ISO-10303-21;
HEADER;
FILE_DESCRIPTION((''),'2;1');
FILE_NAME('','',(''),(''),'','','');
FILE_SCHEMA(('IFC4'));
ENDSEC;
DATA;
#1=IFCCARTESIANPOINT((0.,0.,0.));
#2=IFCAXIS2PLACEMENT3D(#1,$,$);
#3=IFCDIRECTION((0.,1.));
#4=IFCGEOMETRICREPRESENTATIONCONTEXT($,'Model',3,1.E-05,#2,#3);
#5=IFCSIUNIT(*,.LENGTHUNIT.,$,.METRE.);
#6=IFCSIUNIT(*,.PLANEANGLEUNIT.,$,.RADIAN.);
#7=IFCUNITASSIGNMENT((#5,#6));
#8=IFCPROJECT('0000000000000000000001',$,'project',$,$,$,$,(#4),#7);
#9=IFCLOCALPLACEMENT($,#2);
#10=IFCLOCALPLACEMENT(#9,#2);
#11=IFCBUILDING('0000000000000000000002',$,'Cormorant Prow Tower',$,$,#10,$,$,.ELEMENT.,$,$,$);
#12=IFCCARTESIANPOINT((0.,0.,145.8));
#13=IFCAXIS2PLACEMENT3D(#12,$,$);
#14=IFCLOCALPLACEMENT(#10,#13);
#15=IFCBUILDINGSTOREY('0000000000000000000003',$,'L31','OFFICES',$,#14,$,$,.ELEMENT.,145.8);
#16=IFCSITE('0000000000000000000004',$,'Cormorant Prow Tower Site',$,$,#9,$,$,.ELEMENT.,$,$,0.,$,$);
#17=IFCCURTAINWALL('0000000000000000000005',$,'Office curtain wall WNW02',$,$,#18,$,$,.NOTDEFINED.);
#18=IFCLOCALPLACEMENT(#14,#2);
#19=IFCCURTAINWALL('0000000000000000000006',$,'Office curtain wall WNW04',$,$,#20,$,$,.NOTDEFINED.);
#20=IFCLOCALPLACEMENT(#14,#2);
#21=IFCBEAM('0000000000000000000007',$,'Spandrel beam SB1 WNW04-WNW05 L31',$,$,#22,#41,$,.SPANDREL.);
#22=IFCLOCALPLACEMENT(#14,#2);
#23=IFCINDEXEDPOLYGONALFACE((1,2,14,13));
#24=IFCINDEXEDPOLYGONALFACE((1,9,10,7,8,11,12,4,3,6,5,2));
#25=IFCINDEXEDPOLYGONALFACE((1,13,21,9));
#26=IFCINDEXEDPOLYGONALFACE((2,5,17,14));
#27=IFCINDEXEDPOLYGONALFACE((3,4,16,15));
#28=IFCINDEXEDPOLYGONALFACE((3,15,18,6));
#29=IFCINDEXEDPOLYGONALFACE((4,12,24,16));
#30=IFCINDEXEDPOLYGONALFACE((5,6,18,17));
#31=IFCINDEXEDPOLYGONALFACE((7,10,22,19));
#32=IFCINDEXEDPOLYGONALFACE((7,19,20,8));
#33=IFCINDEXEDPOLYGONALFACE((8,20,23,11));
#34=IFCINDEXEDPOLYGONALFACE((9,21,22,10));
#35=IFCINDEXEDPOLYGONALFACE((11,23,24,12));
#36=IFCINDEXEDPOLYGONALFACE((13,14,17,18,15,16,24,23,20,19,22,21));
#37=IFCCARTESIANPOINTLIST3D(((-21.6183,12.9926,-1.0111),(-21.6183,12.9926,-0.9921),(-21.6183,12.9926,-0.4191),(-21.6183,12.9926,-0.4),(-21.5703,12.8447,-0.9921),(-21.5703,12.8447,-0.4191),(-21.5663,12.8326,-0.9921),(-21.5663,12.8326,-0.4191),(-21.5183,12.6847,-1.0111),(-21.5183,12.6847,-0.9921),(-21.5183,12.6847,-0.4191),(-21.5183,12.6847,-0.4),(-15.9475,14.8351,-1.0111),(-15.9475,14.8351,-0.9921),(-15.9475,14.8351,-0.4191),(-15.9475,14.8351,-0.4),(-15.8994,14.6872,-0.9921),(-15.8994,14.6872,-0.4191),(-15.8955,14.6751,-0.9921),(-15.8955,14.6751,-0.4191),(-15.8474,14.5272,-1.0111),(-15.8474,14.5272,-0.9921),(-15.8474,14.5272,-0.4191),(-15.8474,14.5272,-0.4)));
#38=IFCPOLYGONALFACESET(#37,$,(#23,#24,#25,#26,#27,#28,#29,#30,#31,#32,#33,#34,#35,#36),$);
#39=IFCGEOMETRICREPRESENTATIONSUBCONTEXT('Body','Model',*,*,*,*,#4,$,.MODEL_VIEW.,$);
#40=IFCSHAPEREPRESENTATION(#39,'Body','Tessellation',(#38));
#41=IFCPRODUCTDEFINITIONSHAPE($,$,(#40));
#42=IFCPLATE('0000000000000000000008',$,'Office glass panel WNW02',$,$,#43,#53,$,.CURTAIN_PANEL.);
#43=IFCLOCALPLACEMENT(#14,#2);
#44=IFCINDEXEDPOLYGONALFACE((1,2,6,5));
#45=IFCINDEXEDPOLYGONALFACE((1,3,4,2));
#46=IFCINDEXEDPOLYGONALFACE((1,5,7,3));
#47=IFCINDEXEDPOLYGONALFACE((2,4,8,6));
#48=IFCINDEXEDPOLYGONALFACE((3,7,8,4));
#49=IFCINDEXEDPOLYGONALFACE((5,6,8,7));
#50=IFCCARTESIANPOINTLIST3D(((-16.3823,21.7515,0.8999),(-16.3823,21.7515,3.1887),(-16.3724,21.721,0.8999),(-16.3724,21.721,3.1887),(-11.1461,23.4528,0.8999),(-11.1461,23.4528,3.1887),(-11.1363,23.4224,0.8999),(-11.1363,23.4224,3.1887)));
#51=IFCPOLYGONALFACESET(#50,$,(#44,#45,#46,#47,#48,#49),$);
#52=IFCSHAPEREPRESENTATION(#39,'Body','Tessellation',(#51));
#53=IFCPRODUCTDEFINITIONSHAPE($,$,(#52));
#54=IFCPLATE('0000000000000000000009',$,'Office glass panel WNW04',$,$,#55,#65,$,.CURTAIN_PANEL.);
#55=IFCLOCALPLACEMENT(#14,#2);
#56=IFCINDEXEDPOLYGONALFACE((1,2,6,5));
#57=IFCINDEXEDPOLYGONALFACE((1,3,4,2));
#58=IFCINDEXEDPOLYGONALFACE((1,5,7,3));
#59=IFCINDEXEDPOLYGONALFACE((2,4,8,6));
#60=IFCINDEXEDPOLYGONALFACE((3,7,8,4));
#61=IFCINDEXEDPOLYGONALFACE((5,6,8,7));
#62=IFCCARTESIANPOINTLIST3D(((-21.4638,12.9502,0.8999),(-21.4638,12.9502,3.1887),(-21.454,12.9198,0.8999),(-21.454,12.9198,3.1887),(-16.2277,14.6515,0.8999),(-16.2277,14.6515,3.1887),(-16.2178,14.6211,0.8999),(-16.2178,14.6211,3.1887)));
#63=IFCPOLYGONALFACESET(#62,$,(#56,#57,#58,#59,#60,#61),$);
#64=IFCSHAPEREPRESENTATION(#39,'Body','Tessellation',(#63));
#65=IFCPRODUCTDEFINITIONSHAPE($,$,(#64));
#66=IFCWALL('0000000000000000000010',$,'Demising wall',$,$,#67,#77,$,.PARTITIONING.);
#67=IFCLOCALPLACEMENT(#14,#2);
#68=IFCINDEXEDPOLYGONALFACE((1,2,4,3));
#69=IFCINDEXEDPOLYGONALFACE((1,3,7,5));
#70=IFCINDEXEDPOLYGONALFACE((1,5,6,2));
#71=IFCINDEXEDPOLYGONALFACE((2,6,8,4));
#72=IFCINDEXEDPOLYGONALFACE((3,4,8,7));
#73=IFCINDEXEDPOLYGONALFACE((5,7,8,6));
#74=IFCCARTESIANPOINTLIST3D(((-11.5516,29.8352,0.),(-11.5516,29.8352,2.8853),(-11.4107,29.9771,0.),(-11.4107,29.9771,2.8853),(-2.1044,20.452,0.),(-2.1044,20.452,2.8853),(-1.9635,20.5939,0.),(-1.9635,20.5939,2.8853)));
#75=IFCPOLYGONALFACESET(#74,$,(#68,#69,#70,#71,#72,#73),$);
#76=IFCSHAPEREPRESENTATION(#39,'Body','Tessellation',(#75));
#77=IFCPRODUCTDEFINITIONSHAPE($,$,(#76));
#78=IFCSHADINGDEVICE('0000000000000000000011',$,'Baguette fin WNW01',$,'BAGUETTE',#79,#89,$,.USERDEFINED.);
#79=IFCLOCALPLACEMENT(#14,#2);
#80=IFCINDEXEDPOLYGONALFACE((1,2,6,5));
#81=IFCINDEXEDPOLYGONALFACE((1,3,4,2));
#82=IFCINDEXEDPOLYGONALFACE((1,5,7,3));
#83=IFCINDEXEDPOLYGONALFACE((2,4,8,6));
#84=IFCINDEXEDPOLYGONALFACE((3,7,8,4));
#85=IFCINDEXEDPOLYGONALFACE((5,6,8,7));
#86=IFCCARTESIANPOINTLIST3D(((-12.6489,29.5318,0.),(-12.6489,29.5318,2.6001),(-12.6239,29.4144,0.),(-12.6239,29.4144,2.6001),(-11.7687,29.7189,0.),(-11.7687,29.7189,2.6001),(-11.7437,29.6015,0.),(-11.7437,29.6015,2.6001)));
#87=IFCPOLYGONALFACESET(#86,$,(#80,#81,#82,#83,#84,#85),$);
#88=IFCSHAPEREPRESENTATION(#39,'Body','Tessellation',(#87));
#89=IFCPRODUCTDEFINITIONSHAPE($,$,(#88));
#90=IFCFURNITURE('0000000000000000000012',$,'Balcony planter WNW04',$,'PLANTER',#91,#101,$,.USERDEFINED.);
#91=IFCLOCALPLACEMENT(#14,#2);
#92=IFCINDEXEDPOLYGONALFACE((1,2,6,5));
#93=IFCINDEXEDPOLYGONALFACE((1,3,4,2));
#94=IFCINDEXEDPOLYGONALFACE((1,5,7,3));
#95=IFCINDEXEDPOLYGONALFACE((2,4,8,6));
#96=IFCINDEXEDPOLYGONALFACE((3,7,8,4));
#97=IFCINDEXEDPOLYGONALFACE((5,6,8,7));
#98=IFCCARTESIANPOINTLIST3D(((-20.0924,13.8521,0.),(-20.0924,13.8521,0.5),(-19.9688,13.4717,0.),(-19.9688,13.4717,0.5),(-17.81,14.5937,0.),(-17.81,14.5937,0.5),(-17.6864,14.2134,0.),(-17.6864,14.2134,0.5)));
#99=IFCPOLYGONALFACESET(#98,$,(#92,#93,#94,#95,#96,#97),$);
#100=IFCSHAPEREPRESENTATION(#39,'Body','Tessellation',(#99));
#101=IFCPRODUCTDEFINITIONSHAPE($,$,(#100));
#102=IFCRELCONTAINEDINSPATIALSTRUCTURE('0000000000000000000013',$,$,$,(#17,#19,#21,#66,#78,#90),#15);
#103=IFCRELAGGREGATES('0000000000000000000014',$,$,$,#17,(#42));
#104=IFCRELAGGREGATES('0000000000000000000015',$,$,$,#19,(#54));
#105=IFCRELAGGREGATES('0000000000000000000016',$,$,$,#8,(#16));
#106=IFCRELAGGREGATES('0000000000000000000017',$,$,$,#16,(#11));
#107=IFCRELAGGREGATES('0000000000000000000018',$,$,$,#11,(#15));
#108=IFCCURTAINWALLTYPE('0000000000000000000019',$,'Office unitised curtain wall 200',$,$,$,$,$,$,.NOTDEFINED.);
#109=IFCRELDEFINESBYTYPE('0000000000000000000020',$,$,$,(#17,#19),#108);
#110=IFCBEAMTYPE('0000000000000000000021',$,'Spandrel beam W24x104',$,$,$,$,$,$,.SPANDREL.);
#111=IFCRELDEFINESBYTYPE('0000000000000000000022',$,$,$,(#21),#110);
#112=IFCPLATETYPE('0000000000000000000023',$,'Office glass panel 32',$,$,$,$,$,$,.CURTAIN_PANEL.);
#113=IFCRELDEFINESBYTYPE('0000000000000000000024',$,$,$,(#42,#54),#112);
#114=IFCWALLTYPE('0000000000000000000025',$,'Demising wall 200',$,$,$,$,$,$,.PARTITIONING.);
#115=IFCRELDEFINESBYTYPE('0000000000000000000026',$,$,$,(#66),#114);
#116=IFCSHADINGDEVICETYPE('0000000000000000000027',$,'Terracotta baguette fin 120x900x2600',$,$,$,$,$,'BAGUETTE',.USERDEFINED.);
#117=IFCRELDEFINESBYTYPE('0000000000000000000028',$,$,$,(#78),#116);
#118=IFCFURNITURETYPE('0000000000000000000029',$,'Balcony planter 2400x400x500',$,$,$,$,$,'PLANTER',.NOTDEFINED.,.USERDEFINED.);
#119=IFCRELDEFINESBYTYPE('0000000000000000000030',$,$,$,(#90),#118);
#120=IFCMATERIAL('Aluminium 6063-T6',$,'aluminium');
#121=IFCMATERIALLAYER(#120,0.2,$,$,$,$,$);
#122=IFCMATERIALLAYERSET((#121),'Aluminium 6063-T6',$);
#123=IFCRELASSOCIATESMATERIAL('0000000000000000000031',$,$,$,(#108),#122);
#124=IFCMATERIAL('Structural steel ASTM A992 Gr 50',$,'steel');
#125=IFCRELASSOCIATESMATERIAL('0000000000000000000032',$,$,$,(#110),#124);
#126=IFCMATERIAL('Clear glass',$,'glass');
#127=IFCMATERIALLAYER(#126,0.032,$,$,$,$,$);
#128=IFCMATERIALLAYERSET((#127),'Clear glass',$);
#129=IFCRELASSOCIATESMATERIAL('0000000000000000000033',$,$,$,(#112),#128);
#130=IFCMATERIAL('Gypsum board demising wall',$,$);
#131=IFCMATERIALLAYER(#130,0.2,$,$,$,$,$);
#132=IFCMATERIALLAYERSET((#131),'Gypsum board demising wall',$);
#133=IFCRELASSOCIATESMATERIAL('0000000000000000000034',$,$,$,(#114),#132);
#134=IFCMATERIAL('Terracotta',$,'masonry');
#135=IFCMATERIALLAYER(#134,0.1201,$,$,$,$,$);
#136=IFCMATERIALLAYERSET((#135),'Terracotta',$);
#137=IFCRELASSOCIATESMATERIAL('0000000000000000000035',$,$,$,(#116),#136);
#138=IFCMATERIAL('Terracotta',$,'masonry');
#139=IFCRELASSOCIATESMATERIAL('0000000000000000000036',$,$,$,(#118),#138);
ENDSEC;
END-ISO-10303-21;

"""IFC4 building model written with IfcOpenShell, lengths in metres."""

from ifc_helpers import new_model, si_unit, direction, frame, frame_2d, origin, origin_2d, place, context, subcontext, project, spatial, rectangle, i_section, extrude, material, layer, layer_set, material_profile, profile_set, type_object, element, aggregate, save


model = new_model("IFC4")

# Units and contexts
model_context = context("Model", 3, precision=1e-05, world=origin(), true_north=direction((0.0, 1.0)))
body_context = subcontext(model_context, "Body", "Model", "MODEL_VIEW")
ifc_project = project(units=[si_unit("LENGTHUNIT", "METRE"), si_unit("PLANEANGLEUNIT", "RADIAN")], contexts=[model_context])

# Site, building, storey
site_placement = place(None, origin())
site = spatial("IfcSite", under=ifc_project, at=site_placement, Name="Cormorant Prow Tower Site", CompositionType="ELEMENT", RefElevation=0.0)
building_placement = place(site_placement, origin())
building = spatial("IfcBuilding", under=site, at=building_placement, Name="Cormorant Prow Tower", CompositionType="ELEMENT")
storey_placement = place(building_placement, frame((0.0, 0.0, 145.8)))
storey = spatial("IfcBuildingStorey", under=building, at=storey_placement, Name="L31", Description="OFFICES", CompositionType="ELEMENT", Elevation=145.8)

# Curtain walls
ifc_material_1 = material(Name="Aluminium 6063-T6", Category="aluminium")
ifc_layer_1 = layer(ifc_material_1, 0.2)
ifc_layer_set_1 = layer_set([ifc_layer_1], Name="Aluminium 6063-T6")
curtain_wall_type = type_object("IfcCurtainWallType", Name="Office unitised curtain wall 200", PredefinedType="NOTDEFINED", material=ifc_layer_set_1)
curtain_wall_1_placement = place(storey_placement, origin())
curtain_wall_1 = element("IfcCurtainWall", 1, at=curtain_wall_1_placement, inside=storey, type_object=curtain_wall_type, Name="Office curtain wall WNW02", PredefinedType="NOTDEFINED")
curtain_wall_2_placement = place(storey_placement, origin())
curtain_wall_2 = element("IfcCurtainWall", 2, at=curtain_wall_2_placement, inside=storey, type_object=curtain_wall_type, Name="Office curtain wall WNW04", PredefinedType="NOTDEFINED")

# Beam
ifc_material_2 = material(Name="Structural steel ASTM A992 Gr 50", Category="steel")
ifc_material_profile_1 = material_profile(ifc_material_2, i_section(OverallWidth=0.3237, OverallDepth=0.6111, WebThickness=0.0127, FlangeThickness=0.019, at=origin_2d()), Name="W24x104")
ifc_profile_set_1 = profile_set([ifc_material_profile_1], Name="Structural steel ASTM A992 Gr 50")
beam_type = type_object("IfcBeamType", Name="Spandrel beam W24x104", PredefinedType="SPANDREL", material=ifc_profile_set_1)
for number, where, z_axis, x_axis, name in (
    (3, (-15.8975, 14.6812, -0.7056), (-0.951059, -0.309008, 0.0), (0.309008, -0.951059, 0.0), "Spandrel beam SB1 WNW04-WNW05 L31"),
):
    element("IfcBeam", number, at=place(storey_placement, frame(where, z_axis=z_axis, x_axis=x_axis)), inside=storey, type_object=beam_type, Name=name, PredefinedType="SPANDREL", context=body_context, shape_type="SweptSolid", body=[
        extrude(i_section(OverallWidth=0.3237, OverallDepth=0.6111, WebThickness=0.0127, FlangeThickness=0.019, at=origin_2d()), origin(), (0.0, 0.0, 1.0), 5.9626),
    ])

# Plates
ifc_material_3 = material(Name="Clear glass", Category="glass")
ifc_layer_2 = layer(ifc_material_3, 0.032)
ifc_layer_set_2 = layer_set([ifc_layer_2], Name="Clear glass")
plate_type = type_object("IfcPlateType", Name="Office glass panel 32", PredefinedType="CURTAIN_PANEL", material=ifc_layer_set_2)
plate_1_placement = place(storey_placement, frame((-13.7593, 22.5869, 0.8999), z_axis=(0.0, 0.0, 1.0), x_axis=(-0.951057, -0.309017, 0.0)))
plate_1 = element("IfcPlate", 4, at=plate_1_placement, type_object=plate_type, Name="Office glass panel WNW02", PredefinedType="CURTAIN_PANEL", context=body_context, shape_type="SweptSolid", body=[
    extrude(rectangle(XDim=5.5056, YDim=0.032, at=origin_2d()), origin(), (0.0, 0.0, 1.0), 2.2888),
])
aggregate(curtain_wall_1, [plate_1])
plate_2_placement = place(storey_placement, frame((-18.8408, 13.7856, 0.8999), z_axis=(0.0, 0.0, 1.0), x_axis=(-0.951057, -0.309017, 0.0)))
plate_2 = element("IfcPlate", 5, at=plate_2_placement, type_object=plate_type, Name="Office glass panel WNW04", PredefinedType="CURTAIN_PANEL", context=body_context, shape_type="SweptSolid", body=[
    extrude(rectangle(XDim=5.5056, YDim=0.032, at=origin_2d()), origin(), (0.0, 0.0, 1.0), 2.2888),
])
aggregate(curtain_wall_2, [plate_2])

# Wall
ifc_material_4 = material(Name="Gypsum board demising wall")
ifc_layer_3 = layer(ifc_material_4, 0.2)
ifc_layer_set_3 = layer_set([ifc_layer_3], Name="Gypsum board demising wall")
wall_type_1 = type_object("IfcWallType", Name="Demising wall 200", PredefinedType="PARTITIONING", material=ifc_layer_set_3)
wall_1_placement = place(storey_placement, frame((-11.4812, 29.9062, 0.0), z_axis=(0.0, 0.0, 1.0), x_axis=(0.709505, -0.704701, 0.0)))
element("IfcWall", 6, at=wall_1_placement, inside=storey, type_object=wall_type_1, Name="Demising wall", PredefinedType="PARTITIONING", context=body_context, shape_type="SweptSolid", body=[
    extrude(rectangle(XDim=13.3152, YDim=0.2, at=frame_2d((6.6577, 0.0))), origin(), (0.0, 0.0, 1.0), 2.8853),
])

# Shading device
ifc_material_5 = material(Name="Terracotta", Category="masonry")
ifc_layer_4 = layer(ifc_material_5, 0.1201)
ifc_layer_set_4 = layer_set([ifc_layer_4], Name="Terracotta")
shading_device_type = type_object("IfcShadingDeviceType", Name="Terracotta baguette fin 120x900x2600", ElementType="BAGUETTE", PredefinedType="USERDEFINED", material=ifc_layer_set_4)
shading_device_placement = place(storey_placement, frame((-12.1963, 29.5667, 0.0), z_axis=(0.0, 0.0, 1.0), x_axis=(0.207912, -0.978148, 0.0)))
element("IfcShadingDevice", 7, at=shading_device_placement, inside=storey, type_object=shading_device_type, Name="Baguette fin WNW01", ObjectType="BAGUETTE", PredefinedType="USERDEFINED", context=body_context, shape_type="SweptSolid", body=[
    extrude(rectangle(XDim=0.1201, YDim=0.8999, at=origin_2d()), origin(), (0.0, 0.0, 1.0), 2.6001),
])

# Furniture
ifc_material_6 = material(Name="Terracotta", Category="masonry")
furniture_type = type_object("IfcFurnitureType", Name="Balcony planter 2400x400x500", ElementType="PLANTER", AssemblyPlace="NOTDEFINED", PredefinedType="USERDEFINED", material=ifc_material_6)
furniture_placement = place(storey_placement, frame((-18.8894, 14.0327, 0.0), z_axis=(0.0, 0.0, 1.0), x_axis=(-0.951057, -0.309017, 0.0)))
element("IfcFurniture", 8, at=furniture_placement, inside=storey, type_object=furniture_type, Name="Balcony planter WNW04", ObjectType="PLANTER", PredefinedType="USERDEFINED", context=body_context, shape_type="SweptSolid", body=[
    extrude(rectangle(XDim=2.3999, YDim=0.3999, at=origin_2d()), origin(), (0.0, 0.0, 1.0), 0.5),
])

save(model, "model.ifc")
